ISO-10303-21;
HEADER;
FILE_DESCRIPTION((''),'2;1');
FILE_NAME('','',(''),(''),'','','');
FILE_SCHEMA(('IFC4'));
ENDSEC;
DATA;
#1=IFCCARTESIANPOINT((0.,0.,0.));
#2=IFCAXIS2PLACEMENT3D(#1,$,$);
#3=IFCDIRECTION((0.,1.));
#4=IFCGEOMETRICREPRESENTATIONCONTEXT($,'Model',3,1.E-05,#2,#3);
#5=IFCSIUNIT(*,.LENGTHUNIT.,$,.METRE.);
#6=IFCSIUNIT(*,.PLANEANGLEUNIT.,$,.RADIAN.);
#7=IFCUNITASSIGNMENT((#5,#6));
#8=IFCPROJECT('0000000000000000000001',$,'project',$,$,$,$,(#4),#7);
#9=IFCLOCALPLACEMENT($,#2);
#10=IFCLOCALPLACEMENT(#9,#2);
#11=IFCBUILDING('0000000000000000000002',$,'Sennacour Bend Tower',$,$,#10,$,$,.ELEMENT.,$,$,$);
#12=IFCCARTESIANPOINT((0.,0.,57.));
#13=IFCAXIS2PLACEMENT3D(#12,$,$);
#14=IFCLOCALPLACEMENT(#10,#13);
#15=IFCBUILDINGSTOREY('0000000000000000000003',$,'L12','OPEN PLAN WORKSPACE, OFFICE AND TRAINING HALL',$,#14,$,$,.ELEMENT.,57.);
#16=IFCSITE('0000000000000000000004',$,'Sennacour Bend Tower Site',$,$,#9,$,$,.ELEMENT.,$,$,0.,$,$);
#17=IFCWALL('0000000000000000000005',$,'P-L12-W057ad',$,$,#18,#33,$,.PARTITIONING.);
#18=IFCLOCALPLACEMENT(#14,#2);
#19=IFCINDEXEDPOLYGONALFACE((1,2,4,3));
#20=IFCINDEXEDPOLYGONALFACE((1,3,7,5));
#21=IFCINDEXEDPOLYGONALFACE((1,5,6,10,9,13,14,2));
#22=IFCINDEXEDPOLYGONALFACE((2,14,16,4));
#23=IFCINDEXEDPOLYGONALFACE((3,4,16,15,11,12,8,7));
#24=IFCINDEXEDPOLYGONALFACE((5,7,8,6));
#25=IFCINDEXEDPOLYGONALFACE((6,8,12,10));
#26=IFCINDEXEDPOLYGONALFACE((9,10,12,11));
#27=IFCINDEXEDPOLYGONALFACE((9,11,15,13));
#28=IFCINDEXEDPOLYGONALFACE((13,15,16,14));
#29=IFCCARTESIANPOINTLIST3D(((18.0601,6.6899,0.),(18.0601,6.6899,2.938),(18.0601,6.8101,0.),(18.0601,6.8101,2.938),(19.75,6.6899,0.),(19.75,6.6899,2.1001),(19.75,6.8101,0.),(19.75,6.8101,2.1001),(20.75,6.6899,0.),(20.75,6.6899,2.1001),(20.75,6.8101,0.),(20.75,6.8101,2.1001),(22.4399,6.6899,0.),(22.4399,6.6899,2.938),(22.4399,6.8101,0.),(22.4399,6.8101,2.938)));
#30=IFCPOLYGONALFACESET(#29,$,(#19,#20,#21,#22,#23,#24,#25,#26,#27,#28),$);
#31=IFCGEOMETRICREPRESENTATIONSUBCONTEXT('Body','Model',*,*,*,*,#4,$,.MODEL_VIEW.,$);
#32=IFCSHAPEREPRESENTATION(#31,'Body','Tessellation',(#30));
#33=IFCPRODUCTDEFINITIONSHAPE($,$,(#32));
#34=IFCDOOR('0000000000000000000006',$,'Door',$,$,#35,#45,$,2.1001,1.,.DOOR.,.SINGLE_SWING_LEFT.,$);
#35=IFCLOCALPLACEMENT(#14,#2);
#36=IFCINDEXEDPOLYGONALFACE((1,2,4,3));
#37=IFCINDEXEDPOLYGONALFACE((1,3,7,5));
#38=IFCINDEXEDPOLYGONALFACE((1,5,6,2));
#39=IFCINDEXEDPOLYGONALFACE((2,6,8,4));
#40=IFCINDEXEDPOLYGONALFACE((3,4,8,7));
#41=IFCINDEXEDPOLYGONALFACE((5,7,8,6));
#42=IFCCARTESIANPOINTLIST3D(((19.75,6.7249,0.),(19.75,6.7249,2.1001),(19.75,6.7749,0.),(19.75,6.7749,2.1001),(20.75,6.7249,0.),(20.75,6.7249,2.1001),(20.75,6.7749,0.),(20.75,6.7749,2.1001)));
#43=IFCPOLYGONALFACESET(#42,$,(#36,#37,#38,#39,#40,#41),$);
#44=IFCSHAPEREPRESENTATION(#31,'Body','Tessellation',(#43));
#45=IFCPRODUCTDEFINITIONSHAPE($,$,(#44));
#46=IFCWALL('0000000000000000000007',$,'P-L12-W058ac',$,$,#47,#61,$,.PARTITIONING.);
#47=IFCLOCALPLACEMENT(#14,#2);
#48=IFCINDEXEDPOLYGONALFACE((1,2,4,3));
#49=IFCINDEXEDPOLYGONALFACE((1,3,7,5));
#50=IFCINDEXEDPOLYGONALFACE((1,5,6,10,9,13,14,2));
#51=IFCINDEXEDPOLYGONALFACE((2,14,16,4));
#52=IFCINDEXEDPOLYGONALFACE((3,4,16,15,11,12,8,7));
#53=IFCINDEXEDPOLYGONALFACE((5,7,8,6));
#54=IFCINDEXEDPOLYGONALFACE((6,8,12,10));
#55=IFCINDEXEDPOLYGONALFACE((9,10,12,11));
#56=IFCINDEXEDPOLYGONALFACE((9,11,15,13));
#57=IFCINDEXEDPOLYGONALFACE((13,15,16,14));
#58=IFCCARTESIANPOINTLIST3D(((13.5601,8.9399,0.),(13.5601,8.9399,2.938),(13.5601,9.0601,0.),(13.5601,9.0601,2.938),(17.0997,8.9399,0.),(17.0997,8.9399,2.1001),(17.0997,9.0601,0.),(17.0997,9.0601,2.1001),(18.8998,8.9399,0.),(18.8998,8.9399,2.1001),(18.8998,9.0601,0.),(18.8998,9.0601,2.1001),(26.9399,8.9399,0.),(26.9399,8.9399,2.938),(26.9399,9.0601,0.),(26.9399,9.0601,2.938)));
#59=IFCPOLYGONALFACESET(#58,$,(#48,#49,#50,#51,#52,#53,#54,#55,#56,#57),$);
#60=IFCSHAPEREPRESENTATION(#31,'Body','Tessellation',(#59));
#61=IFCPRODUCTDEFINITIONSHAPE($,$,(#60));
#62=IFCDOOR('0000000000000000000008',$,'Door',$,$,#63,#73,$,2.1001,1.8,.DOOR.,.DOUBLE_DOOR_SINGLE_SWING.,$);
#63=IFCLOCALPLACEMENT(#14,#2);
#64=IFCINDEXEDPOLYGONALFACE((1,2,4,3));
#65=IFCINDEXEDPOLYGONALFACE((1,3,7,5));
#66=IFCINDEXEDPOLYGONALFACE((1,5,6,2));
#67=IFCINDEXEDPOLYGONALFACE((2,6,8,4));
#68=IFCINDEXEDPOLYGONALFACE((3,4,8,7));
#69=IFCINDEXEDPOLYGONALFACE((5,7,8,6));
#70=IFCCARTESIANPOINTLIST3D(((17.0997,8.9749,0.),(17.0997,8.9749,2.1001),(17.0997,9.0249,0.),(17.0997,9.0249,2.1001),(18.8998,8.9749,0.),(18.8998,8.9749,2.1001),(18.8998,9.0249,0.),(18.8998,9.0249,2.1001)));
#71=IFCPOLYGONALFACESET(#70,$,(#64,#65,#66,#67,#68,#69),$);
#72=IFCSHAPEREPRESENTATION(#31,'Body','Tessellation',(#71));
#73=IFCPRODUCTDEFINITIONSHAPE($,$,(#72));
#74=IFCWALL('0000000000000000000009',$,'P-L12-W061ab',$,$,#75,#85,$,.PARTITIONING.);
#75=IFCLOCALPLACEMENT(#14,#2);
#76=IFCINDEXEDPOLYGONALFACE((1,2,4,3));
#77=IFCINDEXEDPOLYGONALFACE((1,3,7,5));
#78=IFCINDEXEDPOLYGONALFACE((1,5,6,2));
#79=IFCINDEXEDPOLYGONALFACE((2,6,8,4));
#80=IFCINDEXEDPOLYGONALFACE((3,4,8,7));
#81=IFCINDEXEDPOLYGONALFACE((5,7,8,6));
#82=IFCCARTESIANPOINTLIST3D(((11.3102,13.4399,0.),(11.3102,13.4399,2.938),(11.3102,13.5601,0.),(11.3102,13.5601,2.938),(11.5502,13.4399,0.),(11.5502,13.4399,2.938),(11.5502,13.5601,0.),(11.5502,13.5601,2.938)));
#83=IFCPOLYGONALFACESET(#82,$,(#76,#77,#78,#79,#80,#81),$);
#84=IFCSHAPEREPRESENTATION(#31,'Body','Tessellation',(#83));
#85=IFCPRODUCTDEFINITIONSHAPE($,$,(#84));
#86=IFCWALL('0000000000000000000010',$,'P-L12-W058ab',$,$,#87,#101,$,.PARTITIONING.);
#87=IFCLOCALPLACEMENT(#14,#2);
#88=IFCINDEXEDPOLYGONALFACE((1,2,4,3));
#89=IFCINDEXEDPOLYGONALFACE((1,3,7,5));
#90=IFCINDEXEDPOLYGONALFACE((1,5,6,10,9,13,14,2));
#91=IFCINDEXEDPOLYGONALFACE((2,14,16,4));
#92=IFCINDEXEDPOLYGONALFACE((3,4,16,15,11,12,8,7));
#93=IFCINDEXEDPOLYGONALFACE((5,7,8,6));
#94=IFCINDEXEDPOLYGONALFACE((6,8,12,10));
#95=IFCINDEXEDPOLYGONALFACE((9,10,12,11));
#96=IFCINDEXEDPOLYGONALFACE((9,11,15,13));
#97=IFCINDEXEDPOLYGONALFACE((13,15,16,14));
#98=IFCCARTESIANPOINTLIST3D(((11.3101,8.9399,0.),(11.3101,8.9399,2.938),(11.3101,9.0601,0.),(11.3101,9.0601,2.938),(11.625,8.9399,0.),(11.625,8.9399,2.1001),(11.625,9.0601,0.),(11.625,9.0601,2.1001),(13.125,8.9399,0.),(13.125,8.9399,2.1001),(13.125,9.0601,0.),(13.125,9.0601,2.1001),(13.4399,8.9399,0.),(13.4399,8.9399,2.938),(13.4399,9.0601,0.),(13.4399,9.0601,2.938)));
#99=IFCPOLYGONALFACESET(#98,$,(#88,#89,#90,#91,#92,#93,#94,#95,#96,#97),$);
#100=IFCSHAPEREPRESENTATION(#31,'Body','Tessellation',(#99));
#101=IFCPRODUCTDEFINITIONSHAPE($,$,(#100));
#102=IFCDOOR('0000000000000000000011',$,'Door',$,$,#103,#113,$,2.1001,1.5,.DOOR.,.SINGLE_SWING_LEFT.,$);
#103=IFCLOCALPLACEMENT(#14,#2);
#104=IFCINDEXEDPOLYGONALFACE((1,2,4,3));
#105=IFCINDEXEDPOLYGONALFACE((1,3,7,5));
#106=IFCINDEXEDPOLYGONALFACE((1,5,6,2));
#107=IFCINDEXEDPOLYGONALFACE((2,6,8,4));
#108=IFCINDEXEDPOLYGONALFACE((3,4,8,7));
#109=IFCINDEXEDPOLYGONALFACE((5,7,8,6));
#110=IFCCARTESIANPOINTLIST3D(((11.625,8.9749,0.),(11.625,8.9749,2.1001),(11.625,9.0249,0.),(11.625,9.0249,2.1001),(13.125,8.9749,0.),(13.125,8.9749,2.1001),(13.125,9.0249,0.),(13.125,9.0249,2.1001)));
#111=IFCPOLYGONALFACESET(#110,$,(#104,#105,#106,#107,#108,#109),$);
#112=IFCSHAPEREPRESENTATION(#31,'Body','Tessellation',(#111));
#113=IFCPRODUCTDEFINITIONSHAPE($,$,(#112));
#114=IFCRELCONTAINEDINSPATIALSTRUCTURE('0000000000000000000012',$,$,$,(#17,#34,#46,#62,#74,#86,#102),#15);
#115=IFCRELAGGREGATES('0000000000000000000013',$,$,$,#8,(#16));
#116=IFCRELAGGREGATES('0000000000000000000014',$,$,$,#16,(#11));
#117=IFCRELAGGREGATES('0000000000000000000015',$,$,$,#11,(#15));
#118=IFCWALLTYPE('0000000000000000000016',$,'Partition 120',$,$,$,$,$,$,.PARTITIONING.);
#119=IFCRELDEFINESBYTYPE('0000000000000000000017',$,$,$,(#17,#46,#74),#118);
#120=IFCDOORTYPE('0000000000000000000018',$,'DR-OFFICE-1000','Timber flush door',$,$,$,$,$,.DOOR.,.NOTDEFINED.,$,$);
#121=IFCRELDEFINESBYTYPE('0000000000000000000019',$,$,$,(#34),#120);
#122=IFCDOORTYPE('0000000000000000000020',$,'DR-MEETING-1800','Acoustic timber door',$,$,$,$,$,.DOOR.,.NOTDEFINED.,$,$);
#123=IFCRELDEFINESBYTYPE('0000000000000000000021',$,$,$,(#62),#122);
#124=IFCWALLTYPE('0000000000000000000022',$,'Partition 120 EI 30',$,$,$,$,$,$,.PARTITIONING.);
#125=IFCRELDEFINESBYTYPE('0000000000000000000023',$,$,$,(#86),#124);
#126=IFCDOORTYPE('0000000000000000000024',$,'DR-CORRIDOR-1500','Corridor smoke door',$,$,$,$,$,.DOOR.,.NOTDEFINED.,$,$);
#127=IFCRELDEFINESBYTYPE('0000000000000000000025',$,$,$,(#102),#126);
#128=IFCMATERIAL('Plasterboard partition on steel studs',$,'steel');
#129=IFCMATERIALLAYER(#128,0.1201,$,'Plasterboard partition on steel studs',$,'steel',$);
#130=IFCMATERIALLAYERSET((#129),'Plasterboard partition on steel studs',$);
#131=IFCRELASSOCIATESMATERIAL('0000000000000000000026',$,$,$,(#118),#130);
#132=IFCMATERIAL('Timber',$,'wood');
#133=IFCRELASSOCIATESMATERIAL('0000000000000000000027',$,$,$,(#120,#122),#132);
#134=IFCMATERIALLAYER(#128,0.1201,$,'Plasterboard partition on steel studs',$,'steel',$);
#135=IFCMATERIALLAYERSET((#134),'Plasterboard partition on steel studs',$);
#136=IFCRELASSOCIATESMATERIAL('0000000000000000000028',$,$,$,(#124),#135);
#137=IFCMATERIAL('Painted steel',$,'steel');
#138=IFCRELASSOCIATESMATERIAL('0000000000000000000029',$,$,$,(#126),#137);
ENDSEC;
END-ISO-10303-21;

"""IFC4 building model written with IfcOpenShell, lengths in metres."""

from ifc_helpers import new_model, si_unit, direction, frame, frame_2d, origin, place, context, subcontext, project, spatial, rectangle, extrude, material, layer, layer_set, type_object, element, fill, save


model = new_model("IFC4")

# Units and contexts
model_context = context("Model", 3, precision=1e-05, world=origin(), true_north=direction((0.0, 1.0)))
body_context = subcontext(model_context, "Body", "Model", "MODEL_VIEW")
ifc_project = project(units=[si_unit("LENGTHUNIT", "METRE"), si_unit("PLANEANGLEUNIT", "RADIAN")], contexts=[model_context])

# Site, building, storey
site_placement = place(None, origin())
site = spatial("IfcSite", under=ifc_project, at=site_placement, Name="Sennacour Bend Tower Site", CompositionType="ELEMENT", RefElevation=0.0)
building_placement = place(site_placement, origin())
building = spatial("IfcBuilding", under=site, at=building_placement, Name="Sennacour Bend Tower", CompositionType="ELEMENT")
storey_placement = place(building_placement, frame((0.0, 0.0, 57.0)))
storey = spatial("IfcBuildingStorey", under=building, at=storey_placement, Name="L12", Description="OPEN PLAN WORKSPACE, OFFICE AND TRAINING HALL", CompositionType="ELEMENT", Elevation=57.0)

# Shared definitions
ifc_material_1 = material(Name="Plasterboard partition on steel studs", Category="steel")
ifc_layer_1 = layer(ifc_material_1, 0.1201, Name="Plasterboard partition on steel studs", Category="steel")
ifc_layer_set_1 = layer_set([ifc_layer_1], Name="Plasterboard partition on steel studs")
wall_type_1 = type_object("IfcWallType", Name="Partition 120", PredefinedType="PARTITIONING", material=ifc_layer_set_1)
ifc_material_2 = material(Name="Timber", Category="wood")
door_type_1 = type_object("IfcDoorType", Name="DR-OFFICE-1000", Description="Timber flush door", OperationType="NOTDEFINED", PredefinedType="DOOR", material=ifc_material_2)

# Walls, openings, doors
wall_1_placement = place(storey_placement, frame((18.0601, 6.75, 0.0), z_axis=(0.0, 0.0, 1.0), x_axis=(1.0, 0.0, 0.0)))
wall_1 = element("IfcWall", 1, at=wall_1_placement, inside=storey, type_object=wall_type_1, Name="P-L12-W057ad", PredefinedType="PARTITIONING", context=body_context, shape_type="SweptSolid", body=[
    extrude(rectangle(XDim=4.3799, YDim=0.1201, at=frame_2d((2.1899, 0.0))), origin(), (0.0, 0.0, 1.0), 2.938),
])
opening_1_placement = place(wall_1_placement, frame((1.6899, 0.0, 0.0)))
opening_1 = element("IfcOpeningElement", 2, at=opening_1_placement, cuts=wall_1, PredefinedType="OPENING", context=body_context, shape_type="SweptSolid", body=[
    extrude(rectangle(XDim=1.0, YDim=2.1001, at=frame_2d((0.5, 1.05))), frame((0.0, 0.0701, 0.0), z_axis=(0.0, -1.0, 0.0), x_axis=(1.0, 0.0, 0.0)), (0.0, 0.0, 1.0), 0.1401),
])
door_1_placement = place(opening_1_placement, origin())
door_1 = element("IfcDoor", 3, at=door_1_placement, inside=storey, type_object=door_type_1, Name="Door", OperationType="SINGLE_SWING_LEFT", OverallHeight=2.1001, OverallWidth=1.0, PredefinedType="DOOR", context=body_context, shape_type="SweptSolid", body=[
    extrude(rectangle(XDim=1.0, YDim=2.1001, at=frame_2d((0.5, 1.05))), frame((0.0, 0.0249, 0.0), z_axis=(0.0, -1.0, 0.0), x_axis=(1.0, 0.0, 0.0)), (0.0, 0.0, 1.0), 0.05),
])
fill(opening_1, door_1)
wall_2_placement = place(storey_placement, frame((13.5601, 9.0, 0.0), z_axis=(0.0, 0.0, 1.0), x_axis=(1.0, 0.0, 0.0)))
wall_2 = element("IfcWall", 4, at=wall_2_placement, inside=storey, type_object=wall_type_1, Name="P-L12-W058ac", PredefinedType="PARTITIONING", context=body_context, shape_type="SweptSolid", body=[
    extrude(rectangle(XDim=13.3799, YDim=0.1201, at=frame_2d((6.6899, 0.0))), origin(), (0.0, 0.0, 1.0), 2.938),
])
opening_2_placement = place(wall_2_placement, frame((3.5398, 0.0, 0.0)))
opening_2 = element("IfcOpeningElement", 5, at=opening_2_placement, cuts=wall_2, PredefinedType="OPENING", context=body_context, shape_type="SweptSolid", body=[
    extrude(rectangle(XDim=1.8, YDim=2.1001, at=frame_2d((0.8999, 1.05))), frame((0.0, 0.0701, 0.0), z_axis=(0.0, -1.0, 0.0), x_axis=(1.0, 0.0, 0.0)), (0.0, 0.0, 1.0), 0.1401),
])
door_type_2 = type_object("IfcDoorType", Name="DR-MEETING-1800", Description="Acoustic timber door", OperationType="NOTDEFINED", PredefinedType="DOOR", material=ifc_material_2)
door_2_placement = place(opening_2_placement, origin())
door_2 = element("IfcDoor", 6, at=door_2_placement, inside=storey, type_object=door_type_2, Name="Door", OperationType="DOUBLE_DOOR_SINGLE_SWING", OverallHeight=2.1001, OverallWidth=1.8, PredefinedType="DOOR", context=body_context, shape_type="SweptSolid", body=[
    extrude(rectangle(XDim=1.8, YDim=2.1001, at=frame_2d((0.8999, 1.05))), frame((0.0, 0.0249, 0.0), z_axis=(0.0, -1.0, 0.0), x_axis=(1.0, 0.0, 0.0)), (0.0, 0.0, 1.0), 0.05),
])
fill(opening_2, door_2)

# Wall
wall_3_placement = place(storey_placement, frame((11.3101, 13.5, 0.0), z_axis=(0.0, 0.0, 1.0), x_axis=(1.0, 0.0, 0.0)))
element("IfcWall", 7, at=wall_3_placement, inside=storey, type_object=wall_type_1, Name="P-L12-W061ab", PredefinedType="PARTITIONING", context=body_context, shape_type="SweptSolid", body=[
    extrude(rectangle(XDim=0.24, YDim=0.1201, at=frame_2d((0.1201, 0.0))), origin(), (0.0, 0.0, 1.0), 2.938),
])

# Wall, opening, door
ifc_layer_2 = layer(ifc_material_1, 0.1201, Name="Plasterboard partition on steel studs", Category="steel")
ifc_layer_set_2 = layer_set([ifc_layer_2], Name="Plasterboard partition on steel studs")
wall_type_2 = type_object("IfcWallType", Name="Partition 120 EI 30", PredefinedType="PARTITIONING", material=ifc_layer_set_2)
wall_4_placement = place(storey_placement, frame((11.3101, 9.0, 0.0), z_axis=(0.0, 0.0, 1.0), x_axis=(1.0, 0.0, 0.0)))
wall_4 = element("IfcWall", 8, at=wall_4_placement, inside=storey, type_object=wall_type_2, Name="P-L12-W058ab", PredefinedType="PARTITIONING", context=body_context, shape_type="SweptSolid", body=[
    extrude(rectangle(XDim=2.1299, YDim=0.1201, at=frame_2d((1.0649, 0.0))), origin(), (0.0, 0.0, 1.0), 2.938),
])
opening_3_placement = place(wall_4_placement, frame((0.3149, 0.0, 0.0)))
opening_3 = element("IfcOpeningElement", 9, at=opening_3_placement, cuts=wall_4, PredefinedType="OPENING", context=body_context, shape_type="SweptSolid", body=[
    extrude(rectangle(XDim=1.5, YDim=2.1001, at=frame_2d((0.75, 1.05))), frame((0.0, 0.0701, 0.0), z_axis=(0.0, -1.0, 0.0), x_axis=(1.0, 0.0, 0.0)), (0.0, 0.0, 1.0), 0.1401),
])
ifc_material_3 = material(Name="Painted steel", Category="steel")
door_type_3 = type_object("IfcDoorType", Name="DR-CORRIDOR-1500", Description="Corridor smoke door", OperationType="NOTDEFINED", PredefinedType="DOOR", material=ifc_material_3)
door_3_placement = place(opening_3_placement, origin())
door_3 = element("IfcDoor", 10, at=door_3_placement, inside=storey, type_object=door_type_3, Name="Door", OperationType="SINGLE_SWING_LEFT", OverallHeight=2.1001, OverallWidth=1.5, PredefinedType="DOOR", context=body_context, shape_type="SweptSolid", body=[
    extrude(rectangle(XDim=1.5, YDim=2.1001, at=frame_2d((0.75, 1.05))), frame((0.0, 0.0249, 0.0), z_axis=(0.0, -1.0, 0.0), x_axis=(1.0, 0.0, 0.0)), (0.0, 0.0, 1.0), 0.05),
])
fill(opening_3, door_3)

save(model, "model.ifc")
